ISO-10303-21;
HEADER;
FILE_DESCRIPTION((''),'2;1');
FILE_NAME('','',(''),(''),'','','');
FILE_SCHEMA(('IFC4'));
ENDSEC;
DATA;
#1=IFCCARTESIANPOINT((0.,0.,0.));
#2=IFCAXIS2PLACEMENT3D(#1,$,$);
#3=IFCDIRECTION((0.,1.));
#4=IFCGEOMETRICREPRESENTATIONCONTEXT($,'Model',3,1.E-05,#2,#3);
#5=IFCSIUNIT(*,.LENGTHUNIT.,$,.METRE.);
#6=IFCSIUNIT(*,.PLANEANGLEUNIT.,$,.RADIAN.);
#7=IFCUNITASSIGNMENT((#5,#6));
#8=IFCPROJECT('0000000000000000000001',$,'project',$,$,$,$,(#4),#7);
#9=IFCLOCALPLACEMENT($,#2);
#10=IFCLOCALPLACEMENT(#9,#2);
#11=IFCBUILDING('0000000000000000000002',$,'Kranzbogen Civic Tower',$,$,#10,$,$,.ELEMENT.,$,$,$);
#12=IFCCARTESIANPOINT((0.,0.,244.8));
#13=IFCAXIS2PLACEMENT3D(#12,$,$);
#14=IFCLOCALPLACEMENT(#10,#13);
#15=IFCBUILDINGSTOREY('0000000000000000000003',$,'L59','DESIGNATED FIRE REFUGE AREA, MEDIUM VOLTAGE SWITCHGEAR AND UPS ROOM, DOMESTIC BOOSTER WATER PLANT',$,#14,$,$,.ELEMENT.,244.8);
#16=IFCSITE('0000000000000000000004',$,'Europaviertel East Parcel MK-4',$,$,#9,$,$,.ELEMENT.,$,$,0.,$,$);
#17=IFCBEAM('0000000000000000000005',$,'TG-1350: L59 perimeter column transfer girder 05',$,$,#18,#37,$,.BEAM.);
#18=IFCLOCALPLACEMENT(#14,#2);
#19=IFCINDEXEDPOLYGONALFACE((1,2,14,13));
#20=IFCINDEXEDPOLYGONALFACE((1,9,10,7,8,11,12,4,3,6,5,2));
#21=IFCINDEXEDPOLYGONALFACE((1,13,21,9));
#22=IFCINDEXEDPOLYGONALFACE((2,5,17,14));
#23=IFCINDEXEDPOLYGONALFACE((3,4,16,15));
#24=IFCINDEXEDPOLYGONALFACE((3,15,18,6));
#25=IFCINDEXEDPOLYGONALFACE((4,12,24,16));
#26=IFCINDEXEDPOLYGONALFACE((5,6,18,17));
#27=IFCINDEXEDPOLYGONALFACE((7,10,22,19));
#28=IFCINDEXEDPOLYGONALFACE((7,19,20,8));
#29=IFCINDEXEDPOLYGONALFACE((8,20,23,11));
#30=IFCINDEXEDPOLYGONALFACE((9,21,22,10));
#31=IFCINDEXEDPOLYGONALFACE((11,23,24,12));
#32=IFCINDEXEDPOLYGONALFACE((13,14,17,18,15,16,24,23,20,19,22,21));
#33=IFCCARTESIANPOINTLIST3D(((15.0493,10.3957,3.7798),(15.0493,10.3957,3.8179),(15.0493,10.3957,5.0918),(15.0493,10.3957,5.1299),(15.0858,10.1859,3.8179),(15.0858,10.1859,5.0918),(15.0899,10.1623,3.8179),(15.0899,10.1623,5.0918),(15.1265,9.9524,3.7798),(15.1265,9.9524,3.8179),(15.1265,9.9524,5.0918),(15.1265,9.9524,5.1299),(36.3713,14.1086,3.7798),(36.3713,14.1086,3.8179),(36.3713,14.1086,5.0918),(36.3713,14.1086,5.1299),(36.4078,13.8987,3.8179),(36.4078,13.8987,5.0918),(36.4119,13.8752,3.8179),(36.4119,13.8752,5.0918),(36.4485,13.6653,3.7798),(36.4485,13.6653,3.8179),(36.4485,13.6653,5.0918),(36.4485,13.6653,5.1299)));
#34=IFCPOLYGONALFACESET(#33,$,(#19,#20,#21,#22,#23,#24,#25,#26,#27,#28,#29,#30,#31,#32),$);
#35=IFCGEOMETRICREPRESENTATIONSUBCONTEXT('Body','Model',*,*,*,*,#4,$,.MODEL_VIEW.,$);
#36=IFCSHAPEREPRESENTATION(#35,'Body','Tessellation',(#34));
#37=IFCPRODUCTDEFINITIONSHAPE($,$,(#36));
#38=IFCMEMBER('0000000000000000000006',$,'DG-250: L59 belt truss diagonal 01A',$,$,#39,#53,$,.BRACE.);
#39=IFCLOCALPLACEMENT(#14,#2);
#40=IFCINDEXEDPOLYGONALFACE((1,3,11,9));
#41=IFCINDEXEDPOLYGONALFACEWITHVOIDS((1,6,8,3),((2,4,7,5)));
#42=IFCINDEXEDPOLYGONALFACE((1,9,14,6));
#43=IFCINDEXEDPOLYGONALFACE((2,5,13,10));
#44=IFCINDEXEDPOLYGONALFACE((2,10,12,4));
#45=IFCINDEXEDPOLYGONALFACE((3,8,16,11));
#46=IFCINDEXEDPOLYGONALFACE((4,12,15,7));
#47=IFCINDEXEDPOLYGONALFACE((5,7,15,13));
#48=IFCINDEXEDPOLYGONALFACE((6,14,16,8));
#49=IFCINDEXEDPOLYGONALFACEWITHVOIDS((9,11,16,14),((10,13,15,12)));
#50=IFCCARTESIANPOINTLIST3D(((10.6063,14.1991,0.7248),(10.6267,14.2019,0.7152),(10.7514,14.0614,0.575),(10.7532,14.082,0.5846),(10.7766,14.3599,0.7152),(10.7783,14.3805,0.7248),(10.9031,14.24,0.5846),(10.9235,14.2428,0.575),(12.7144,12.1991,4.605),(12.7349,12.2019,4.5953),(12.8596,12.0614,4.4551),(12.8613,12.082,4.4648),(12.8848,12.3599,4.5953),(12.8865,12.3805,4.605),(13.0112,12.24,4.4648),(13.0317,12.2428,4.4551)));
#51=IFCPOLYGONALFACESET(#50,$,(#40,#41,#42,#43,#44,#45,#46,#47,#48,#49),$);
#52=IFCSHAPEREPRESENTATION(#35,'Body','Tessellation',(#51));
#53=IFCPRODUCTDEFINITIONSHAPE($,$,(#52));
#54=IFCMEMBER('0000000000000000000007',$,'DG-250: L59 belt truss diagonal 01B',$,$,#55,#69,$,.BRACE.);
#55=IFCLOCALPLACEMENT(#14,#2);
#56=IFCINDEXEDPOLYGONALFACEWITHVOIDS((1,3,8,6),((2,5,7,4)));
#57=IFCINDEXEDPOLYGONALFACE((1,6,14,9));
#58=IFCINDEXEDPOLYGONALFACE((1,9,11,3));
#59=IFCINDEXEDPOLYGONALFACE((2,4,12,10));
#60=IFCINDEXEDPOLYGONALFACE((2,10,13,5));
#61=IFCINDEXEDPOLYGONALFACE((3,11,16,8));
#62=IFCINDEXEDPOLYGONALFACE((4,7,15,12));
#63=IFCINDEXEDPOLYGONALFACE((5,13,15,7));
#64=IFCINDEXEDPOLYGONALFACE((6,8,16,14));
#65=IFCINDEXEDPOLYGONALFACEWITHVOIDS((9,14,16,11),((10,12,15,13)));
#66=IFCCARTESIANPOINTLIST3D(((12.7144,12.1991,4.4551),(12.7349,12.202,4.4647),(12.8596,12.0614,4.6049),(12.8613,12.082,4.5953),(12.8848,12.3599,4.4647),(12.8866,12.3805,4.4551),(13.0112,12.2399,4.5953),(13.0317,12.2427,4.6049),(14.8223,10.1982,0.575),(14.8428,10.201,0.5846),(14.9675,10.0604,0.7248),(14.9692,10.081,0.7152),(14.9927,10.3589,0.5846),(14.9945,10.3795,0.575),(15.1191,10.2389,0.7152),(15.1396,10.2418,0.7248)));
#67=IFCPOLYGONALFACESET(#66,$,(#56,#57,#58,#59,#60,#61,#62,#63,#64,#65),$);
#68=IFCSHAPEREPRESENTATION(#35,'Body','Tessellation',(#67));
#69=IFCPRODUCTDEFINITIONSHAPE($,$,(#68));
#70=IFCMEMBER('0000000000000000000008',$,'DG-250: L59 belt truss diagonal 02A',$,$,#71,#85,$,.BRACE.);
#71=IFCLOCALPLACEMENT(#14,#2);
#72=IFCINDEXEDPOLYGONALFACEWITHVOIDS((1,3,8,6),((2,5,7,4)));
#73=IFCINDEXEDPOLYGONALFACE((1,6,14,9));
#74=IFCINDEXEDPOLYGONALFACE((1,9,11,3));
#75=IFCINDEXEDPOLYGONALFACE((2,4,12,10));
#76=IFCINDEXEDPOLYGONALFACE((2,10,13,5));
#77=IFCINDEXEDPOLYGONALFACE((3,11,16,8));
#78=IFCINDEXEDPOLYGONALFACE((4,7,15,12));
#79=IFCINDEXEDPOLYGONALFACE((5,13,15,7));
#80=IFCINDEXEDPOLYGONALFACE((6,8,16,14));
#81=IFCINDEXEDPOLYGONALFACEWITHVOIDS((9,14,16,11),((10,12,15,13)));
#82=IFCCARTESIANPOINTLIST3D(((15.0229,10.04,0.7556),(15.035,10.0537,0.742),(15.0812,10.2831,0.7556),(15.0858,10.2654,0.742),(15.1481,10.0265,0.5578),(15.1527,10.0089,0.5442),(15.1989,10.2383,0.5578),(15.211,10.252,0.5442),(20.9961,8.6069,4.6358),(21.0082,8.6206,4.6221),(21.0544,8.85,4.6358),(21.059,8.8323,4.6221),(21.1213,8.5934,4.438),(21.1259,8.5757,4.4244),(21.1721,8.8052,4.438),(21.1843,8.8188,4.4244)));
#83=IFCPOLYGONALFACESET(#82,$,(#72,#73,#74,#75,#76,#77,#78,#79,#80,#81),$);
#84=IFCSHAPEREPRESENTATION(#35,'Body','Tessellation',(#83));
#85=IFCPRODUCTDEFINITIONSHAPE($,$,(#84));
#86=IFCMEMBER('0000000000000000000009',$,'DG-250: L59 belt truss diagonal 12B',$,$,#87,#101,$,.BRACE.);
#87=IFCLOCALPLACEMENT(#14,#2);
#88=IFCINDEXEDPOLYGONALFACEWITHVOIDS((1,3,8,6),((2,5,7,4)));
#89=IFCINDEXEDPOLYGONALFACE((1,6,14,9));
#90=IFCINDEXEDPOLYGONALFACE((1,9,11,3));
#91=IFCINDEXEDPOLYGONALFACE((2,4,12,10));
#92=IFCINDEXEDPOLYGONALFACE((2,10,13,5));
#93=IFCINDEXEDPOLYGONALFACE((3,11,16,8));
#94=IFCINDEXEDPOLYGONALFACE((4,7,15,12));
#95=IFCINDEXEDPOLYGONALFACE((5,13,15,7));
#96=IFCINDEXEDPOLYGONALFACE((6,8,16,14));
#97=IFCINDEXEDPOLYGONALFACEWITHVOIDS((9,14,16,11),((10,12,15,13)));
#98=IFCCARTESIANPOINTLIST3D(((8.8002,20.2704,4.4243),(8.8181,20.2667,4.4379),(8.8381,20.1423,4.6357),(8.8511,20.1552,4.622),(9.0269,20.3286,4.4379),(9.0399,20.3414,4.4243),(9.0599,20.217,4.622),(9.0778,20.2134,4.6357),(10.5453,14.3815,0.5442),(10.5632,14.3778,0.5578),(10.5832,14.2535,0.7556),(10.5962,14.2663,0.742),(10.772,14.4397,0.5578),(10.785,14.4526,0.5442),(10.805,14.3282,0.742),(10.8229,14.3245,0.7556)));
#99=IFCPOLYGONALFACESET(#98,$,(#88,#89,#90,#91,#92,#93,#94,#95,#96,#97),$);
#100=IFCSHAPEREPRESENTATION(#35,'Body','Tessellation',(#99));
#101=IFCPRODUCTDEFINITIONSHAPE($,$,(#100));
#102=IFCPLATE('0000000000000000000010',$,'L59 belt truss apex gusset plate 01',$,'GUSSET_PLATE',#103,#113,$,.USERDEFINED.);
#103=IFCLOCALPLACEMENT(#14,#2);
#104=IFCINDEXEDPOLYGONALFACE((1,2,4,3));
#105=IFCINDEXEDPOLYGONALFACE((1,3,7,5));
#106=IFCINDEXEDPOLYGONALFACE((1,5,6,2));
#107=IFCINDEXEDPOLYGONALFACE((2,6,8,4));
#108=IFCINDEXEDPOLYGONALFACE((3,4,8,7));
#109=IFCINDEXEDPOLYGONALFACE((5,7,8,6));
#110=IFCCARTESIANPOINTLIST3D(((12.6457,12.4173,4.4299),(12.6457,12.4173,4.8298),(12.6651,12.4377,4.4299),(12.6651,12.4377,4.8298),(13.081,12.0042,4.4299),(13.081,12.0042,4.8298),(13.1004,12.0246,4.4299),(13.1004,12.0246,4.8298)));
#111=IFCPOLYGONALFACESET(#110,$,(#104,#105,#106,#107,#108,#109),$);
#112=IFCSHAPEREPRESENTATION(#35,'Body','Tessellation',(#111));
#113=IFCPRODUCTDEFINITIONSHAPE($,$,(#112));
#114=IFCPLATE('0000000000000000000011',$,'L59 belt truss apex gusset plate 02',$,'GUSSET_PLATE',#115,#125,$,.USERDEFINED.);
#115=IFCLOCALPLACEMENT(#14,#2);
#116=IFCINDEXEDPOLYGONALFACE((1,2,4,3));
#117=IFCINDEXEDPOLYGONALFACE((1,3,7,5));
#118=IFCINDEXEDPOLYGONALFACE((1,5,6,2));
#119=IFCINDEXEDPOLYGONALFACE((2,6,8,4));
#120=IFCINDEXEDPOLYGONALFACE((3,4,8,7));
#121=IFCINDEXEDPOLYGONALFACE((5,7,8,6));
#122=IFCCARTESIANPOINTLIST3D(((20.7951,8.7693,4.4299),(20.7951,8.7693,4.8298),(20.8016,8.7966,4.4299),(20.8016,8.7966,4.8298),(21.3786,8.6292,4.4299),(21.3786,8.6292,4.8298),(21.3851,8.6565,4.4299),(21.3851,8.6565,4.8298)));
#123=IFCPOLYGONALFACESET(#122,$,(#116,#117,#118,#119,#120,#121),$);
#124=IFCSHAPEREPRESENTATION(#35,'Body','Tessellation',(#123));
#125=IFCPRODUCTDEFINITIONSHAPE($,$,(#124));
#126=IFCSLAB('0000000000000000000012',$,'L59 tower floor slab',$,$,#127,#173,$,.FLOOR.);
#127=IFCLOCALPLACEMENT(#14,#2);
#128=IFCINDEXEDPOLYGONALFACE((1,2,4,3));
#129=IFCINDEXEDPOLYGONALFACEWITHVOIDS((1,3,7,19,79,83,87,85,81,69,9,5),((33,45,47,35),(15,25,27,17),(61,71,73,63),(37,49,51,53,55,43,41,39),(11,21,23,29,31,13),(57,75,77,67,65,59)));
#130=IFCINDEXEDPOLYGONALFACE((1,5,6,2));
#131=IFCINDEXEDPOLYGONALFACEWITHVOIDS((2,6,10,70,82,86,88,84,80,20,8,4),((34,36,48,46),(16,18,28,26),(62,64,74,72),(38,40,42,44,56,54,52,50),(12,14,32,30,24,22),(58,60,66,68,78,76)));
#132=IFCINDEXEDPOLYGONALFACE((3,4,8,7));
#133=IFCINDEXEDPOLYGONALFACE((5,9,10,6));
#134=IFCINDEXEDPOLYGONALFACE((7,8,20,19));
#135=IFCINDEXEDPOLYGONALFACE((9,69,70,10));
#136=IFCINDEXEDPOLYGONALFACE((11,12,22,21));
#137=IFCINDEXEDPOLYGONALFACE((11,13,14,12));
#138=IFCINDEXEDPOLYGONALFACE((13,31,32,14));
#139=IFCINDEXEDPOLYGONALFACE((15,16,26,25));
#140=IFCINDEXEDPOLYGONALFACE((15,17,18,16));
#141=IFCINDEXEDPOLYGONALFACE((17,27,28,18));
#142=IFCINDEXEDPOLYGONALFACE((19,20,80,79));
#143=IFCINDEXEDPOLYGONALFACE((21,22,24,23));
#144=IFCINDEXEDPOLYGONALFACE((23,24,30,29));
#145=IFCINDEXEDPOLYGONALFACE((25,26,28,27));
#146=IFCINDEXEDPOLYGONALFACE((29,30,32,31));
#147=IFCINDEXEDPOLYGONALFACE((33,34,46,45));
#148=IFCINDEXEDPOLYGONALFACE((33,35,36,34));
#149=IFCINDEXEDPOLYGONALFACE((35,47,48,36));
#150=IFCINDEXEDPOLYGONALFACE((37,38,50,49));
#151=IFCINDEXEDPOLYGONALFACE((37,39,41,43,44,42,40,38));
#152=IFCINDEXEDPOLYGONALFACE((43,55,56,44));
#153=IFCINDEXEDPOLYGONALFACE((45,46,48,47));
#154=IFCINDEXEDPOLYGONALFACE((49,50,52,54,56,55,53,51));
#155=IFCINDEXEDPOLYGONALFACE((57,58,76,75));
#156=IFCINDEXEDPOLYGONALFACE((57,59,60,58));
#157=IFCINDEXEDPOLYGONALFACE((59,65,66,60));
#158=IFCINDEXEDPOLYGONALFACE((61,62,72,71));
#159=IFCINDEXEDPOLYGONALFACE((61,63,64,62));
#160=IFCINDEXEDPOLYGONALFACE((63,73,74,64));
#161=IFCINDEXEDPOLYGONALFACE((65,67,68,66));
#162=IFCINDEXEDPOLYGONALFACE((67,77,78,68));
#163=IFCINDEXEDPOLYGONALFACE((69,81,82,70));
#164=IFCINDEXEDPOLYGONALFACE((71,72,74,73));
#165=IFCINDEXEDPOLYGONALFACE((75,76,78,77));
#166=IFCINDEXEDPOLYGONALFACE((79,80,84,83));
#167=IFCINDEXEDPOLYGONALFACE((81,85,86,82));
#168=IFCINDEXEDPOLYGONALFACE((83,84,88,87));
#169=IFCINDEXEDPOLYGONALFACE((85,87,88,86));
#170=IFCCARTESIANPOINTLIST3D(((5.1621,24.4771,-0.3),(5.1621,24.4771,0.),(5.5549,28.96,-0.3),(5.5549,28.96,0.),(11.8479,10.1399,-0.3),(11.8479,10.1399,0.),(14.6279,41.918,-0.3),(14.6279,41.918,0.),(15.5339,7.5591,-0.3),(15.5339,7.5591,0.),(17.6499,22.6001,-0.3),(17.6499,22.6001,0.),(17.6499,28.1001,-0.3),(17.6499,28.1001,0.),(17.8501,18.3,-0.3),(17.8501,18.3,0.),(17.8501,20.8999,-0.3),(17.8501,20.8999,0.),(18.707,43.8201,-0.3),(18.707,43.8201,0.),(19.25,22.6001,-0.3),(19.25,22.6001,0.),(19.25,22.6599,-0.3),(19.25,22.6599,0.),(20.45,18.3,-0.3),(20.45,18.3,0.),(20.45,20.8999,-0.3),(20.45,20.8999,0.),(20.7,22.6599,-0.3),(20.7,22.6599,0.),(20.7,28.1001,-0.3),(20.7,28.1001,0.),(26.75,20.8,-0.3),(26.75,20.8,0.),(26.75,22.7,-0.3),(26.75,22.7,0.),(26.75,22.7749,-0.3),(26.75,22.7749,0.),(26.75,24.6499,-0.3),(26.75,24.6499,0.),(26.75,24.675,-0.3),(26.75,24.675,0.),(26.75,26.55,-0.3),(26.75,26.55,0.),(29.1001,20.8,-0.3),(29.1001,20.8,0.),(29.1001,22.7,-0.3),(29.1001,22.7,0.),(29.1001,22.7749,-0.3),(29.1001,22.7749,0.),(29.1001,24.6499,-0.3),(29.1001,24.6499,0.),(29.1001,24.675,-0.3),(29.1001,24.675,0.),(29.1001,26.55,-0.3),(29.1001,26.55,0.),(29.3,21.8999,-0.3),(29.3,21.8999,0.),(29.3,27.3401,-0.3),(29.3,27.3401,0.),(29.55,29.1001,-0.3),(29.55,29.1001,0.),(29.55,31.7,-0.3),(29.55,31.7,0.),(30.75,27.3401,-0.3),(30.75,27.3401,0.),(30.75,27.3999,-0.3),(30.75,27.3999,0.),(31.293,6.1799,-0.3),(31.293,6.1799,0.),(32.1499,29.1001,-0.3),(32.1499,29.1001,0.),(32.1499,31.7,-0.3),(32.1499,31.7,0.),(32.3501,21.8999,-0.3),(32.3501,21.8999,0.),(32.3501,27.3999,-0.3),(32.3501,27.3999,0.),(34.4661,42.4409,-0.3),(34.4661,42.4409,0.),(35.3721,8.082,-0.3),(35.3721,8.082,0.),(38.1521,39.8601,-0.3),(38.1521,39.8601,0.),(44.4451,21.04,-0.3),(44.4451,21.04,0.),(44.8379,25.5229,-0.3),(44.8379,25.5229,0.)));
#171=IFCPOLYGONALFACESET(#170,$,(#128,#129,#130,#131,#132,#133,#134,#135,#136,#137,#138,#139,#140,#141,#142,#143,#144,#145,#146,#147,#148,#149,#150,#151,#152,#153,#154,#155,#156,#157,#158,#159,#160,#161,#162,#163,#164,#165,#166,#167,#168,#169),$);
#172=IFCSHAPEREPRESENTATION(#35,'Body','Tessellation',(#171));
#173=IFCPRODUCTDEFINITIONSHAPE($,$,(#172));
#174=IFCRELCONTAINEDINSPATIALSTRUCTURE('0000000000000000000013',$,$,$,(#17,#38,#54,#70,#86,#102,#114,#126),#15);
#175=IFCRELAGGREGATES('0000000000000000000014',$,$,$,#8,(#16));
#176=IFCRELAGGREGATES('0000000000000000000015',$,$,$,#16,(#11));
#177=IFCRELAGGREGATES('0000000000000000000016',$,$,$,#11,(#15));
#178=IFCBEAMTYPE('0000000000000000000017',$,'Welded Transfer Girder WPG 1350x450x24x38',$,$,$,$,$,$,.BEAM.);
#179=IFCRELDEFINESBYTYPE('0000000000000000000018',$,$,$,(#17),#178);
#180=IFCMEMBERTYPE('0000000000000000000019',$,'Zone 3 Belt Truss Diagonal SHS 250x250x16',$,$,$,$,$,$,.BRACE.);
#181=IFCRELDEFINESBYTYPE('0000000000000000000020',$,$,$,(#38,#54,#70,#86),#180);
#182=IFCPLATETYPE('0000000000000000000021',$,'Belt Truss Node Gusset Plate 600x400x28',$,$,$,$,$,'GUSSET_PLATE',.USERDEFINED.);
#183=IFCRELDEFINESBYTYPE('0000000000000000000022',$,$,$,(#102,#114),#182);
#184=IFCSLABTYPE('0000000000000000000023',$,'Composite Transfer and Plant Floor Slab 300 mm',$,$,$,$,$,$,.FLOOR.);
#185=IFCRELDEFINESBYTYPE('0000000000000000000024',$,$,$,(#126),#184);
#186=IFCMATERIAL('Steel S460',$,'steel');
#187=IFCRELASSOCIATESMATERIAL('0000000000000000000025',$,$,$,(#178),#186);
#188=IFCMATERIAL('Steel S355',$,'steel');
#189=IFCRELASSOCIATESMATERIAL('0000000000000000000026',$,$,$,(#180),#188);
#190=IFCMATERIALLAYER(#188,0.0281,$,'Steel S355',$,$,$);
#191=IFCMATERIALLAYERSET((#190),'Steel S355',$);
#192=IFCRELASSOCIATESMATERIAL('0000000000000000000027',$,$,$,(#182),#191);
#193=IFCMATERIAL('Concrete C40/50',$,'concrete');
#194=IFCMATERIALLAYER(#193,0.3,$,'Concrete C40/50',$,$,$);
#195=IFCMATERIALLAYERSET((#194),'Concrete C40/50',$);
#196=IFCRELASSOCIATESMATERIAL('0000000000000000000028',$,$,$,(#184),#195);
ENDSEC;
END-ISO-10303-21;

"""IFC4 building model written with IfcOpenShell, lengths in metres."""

from ifc_helpers import new_model, si_unit, direction, frame, origin, origin_2d, place, context, subcontext, project, spatial, polyline, rectangle, hollow_rectangle, i_section, outline, extrude, material, layer, layer_set, material_profile, profile_set, type_object, element, save


model = new_model("IFC4")

# Units and contexts
model_context = context("Model", 3, precision=1e-05, world=origin(), true_north=direction((0.0, 1.0)))
body_context = subcontext(model_context, "Body", "Model", "MODEL_VIEW")
ifc_project = project(units=[si_unit("LENGTHUNIT", "METRE"), si_unit("PLANEANGLEUNIT", "RADIAN")], contexts=[model_context])

# Site, building, storey
site_placement = place(None, origin())
site = spatial("IfcSite", under=ifc_project, at=site_placement, Name="Europaviertel East Parcel MK-4", CompositionType="ELEMENT", RefElevation=0.0)
building_placement = place(site_placement, origin())
building = spatial("IfcBuilding", under=site, at=building_placement, Name="Kranzbogen Civic Tower", CompositionType="ELEMENT")
storey_placement = place(building_placement, frame((0.0, 0.0, 244.8)))
storey = spatial("IfcBuildingStorey", under=building, at=storey_placement, Name="L59", Description="DESIGNATED FIRE REFUGE AREA, MEDIUM VOLTAGE SWITCHGEAR AND UPS ROOM, DOMESTIC BOOSTER WATER PLANT", CompositionType="ELEMENT", Elevation=244.8)

# Shared definitions
ifc_material_1 = material(Name="Steel S355", Category="steel")

# Shared definitions
ifc_material_2 = material(Name="Steel S460", Category="steel")

# Beam
ifc_material_profile_1 = material_profile(ifc_material_2, i_section(OverallWidth=0.45, OverallDepth=1.3501, WebThickness=0.0239, FlangeThickness=0.0381, at=origin_2d()), Name="WPG 1350x450x24x38")
ifc_profile_set_1 = profile_set([ifc_material_profile_1], Name="Steel S460")
beam_type = type_object("IfcBeamType", Name="Welded Transfer Girder WPG 1350x450x24x38", PredefinedType="BEAM", material=ifc_profile_set_1)
beam_1_placement = place(storey_placement, frame((15.0879, 10.1741, 4.4548), z_axis=(0.985175, 0.171553, 0.0), x_axis=(-0.171553, 0.985175, 0.0)))
element("IfcBeam", 1, at=beam_1_placement, inside=storey, type_object=beam_type, Name="TG-1350: L59 perimeter column transfer girder 05", PredefinedType="BEAM", context=body_context, shape_type="SweptSolid", body=[
    extrude(i_section(OverallWidth=0.45, OverallDepth=1.3501, WebThickness=0.0239, FlangeThickness=0.0381, at=origin_2d()), origin(), (0.0, 0.0, 1.0), 21.6428),
])

# Members
ifc_material_profile_2 = material_profile(ifc_material_1, hollow_rectangle(XDim=0.25, YDim=0.25, WallThickness=0.0161, at=origin_2d()), Name="SHS 250x250x16")
ifc_profile_set_2 = profile_set([ifc_material_profile_2], Name="Steel S355")
member_type_1 = type_object("IfcMemberType", Name="Zone 3 Belt Truss Diagonal SHS 250x250x16", PredefinedType="BRACE", material=ifc_profile_set_2)
member_1_placement = place(storey_placement, frame((10.7649, 14.2209, 0.6499), z_axis=(0.434882, -0.412571, 0.800414), x_axis=(0.688252, 0.725471, 0.0)))
element("IfcMember", 2, at=member_1_placement, inside=storey, type_object=member_type_1, Name="DG-250: L59 belt truss diagonal 01A", PredefinedType="BRACE", context=body_context, shape_type="SweptSolid", body=[
    extrude(hollow_rectangle(XDim=0.25, YDim=0.25, WallThickness=0.0161, at=origin_2d()), origin(), (0.0, 0.0, 1.0), 4.8477),
])
member_2_placement = place(storey_placement, frame((14.981, 10.22, 0.6499), z_axis=(-0.434805, 0.412747, 0.800365), x_axis=(-0.688471, -0.725264, 0.0)))
element("IfcMember", 3, at=member_2_placement, inside=storey, type_object=member_type_1, Name="DG-250: L59 belt truss diagonal 01B", PredefinedType="BRACE", context=body_context, shape_type="SweptSolid", body=[
    extrude(hollow_rectangle(XDim=0.25, YDim=0.25, WallThickness=0.0161, at=origin_2d()), origin(), (0.0, 0.0, 1.0), 4.8479),
])
member_3_placement = place(storey_placement, frame((15.1169, 10.146, 0.6499), z_axis=(0.822123, -0.197248, 0.534047), x_axis=(0.233304, 0.972404, 0.0)))
element("IfcMember", 4, at=member_3_placement, inside=storey, type_object=member_type_1, Name="DG-250: L59 belt truss diagonal 02A", PredefinedType="BRACE", context=body_context, shape_type="SweptSolid", body=[
    extrude(hollow_rectangle(XDim=0.25, YDim=0.25, WallThickness=0.0161, at=origin_2d()), origin(), (0.0, 0.0, 1.0), 7.2656),
])
member_4_placement = place(storey_placement, frame((10.6841, 14.353, 0.6499), z_axis=(-0.240209, 0.810588, 0.534085), x_axis=(-0.958787, -0.284126, 0.0)))
element("IfcMember", 5, at=member_4_placement, inside=storey, type_object=member_type_1, Name="DG-250: L59 belt truss diagonal 12B", PredefinedType="BRACE", context=body_context, shape_type="SweptSolid", body=[
    extrude(hollow_rectangle(XDim=0.25, YDim=0.25, WallThickness=0.0161, at=origin_2d()), origin(), (0.0, 0.0, 1.0), 7.2649),
])

# Plates
ifc_layer_1 = layer(ifc_material_1, 0.0281, Name="Steel S355")
ifc_layer_set_1 = layer_set([ifc_layer_1], Name="Steel S355")
plate_type_1 = type_object("IfcPlateType", Name="Belt Truss Node Gusset Plate 600x400x28", ElementType="GUSSET_PLATE", PredefinedType="USERDEFINED", material=ifc_layer_set_1)
for number, where, z_axis, x_axis, name in (
    (6, (12.873, 12.2209, 4.4299), (0.0, 0.0, 1.0), (0.725362, -0.688367, 0.0), "L59 belt truss apex gusset plate 01"),
    (7, (21.0901, 8.7129, 4.4299), (0.0, 0.0, 1.0), (0.972374, -0.233428, 0.0), "L59 belt truss apex gusset plate 02"),
):
    element("IfcPlate", number, at=place(storey_placement, frame(where, z_axis=z_axis, x_axis=x_axis)), inside=storey, type_object=plate_type_1, Name=name, ObjectType="GUSSET_PLATE", PredefinedType="USERDEFINED", context=body_context, shape_type="SweptSolid", body=[
        extrude(rectangle(XDim=0.6001, YDim=0.0281, at=origin_2d()), origin(), (0.0, 0.0, 1.0), 0.3999),
    ])

# Slab
ifc_material_3 = material(Name="Concrete C40/50", Category="concrete")
ifc_layer_2 = layer(ifc_material_3, 0.3, Name="Concrete C40/50")
ifc_layer_set_2 = layer_set([ifc_layer_2], Name="Concrete C40/50")
slab_type_1 = type_object("IfcSlabType", Name="Composite Transfer and Plant Floor Slab 300 mm", PredefinedType="FLOOR", material=ifc_layer_set_2)
slab_1_placement = place(storey_placement, frame((0.0, 0.0, -0.3)))
element("IfcSlab", 8, at=slab_1_placement, inside=storey, type_object=slab_type_1, Name="L59 tower floor slab", PredefinedType="FLOOR", context=body_context, shape_type="SweptSolid", body=[
    extrude(outline(polyline([(34.4661, 42.4409), (18.707, 43.8201), (14.6279, 41.918), (5.5549, 28.96), (5.1621, 24.4771), (11.8479, 10.1399), (15.5339, 7.5591), (31.293, 6.1799), (35.3721, 8.082), (44.4451, 21.04), (44.8379, 25.5229), (38.1521, 39.8601), (34.4661, 42.4409)]), holes=[polyline([(17.8501, 20.8999), (20.45, 20.8999), (20.45, 18.3), (17.8501, 18.3), (17.8501, 20.8999)]), polyline([(29.1001, 22.7), (29.1001, 20.8), (26.75, 20.8), (26.75, 22.7), (29.1001, 22.7)]), polyline([(29.1001, 24.6499), (29.1001, 22.7749), (26.75, 22.7749), (26.75, 24.6499), (26.75, 24.675), (26.75, 26.55), (29.1001, 26.55), (29.1001, 24.675), (29.1001, 24.6499)]), polyline([(29.3, 27.3401), (30.75, 27.3401), (30.75, 27.3999), (32.3501, 27.3999), (32.3501, 21.8999), (29.3, 21.8999), (29.3, 27.3401)]), polyline([(20.7, 22.6599), (19.25, 22.6599), (19.25, 22.6001), (17.6499, 22.6001), (17.6499, 28.1001), (20.7, 28.1001), (20.7, 22.6599)]), polyline([(32.1499, 31.7), (32.1499, 29.1001), (29.55, 29.1001), (29.55, 31.7), (32.1499, 31.7)])]), origin(), (0.0, 0.0, 1.0), 0.3),
])

save(model, "model.ifc")
